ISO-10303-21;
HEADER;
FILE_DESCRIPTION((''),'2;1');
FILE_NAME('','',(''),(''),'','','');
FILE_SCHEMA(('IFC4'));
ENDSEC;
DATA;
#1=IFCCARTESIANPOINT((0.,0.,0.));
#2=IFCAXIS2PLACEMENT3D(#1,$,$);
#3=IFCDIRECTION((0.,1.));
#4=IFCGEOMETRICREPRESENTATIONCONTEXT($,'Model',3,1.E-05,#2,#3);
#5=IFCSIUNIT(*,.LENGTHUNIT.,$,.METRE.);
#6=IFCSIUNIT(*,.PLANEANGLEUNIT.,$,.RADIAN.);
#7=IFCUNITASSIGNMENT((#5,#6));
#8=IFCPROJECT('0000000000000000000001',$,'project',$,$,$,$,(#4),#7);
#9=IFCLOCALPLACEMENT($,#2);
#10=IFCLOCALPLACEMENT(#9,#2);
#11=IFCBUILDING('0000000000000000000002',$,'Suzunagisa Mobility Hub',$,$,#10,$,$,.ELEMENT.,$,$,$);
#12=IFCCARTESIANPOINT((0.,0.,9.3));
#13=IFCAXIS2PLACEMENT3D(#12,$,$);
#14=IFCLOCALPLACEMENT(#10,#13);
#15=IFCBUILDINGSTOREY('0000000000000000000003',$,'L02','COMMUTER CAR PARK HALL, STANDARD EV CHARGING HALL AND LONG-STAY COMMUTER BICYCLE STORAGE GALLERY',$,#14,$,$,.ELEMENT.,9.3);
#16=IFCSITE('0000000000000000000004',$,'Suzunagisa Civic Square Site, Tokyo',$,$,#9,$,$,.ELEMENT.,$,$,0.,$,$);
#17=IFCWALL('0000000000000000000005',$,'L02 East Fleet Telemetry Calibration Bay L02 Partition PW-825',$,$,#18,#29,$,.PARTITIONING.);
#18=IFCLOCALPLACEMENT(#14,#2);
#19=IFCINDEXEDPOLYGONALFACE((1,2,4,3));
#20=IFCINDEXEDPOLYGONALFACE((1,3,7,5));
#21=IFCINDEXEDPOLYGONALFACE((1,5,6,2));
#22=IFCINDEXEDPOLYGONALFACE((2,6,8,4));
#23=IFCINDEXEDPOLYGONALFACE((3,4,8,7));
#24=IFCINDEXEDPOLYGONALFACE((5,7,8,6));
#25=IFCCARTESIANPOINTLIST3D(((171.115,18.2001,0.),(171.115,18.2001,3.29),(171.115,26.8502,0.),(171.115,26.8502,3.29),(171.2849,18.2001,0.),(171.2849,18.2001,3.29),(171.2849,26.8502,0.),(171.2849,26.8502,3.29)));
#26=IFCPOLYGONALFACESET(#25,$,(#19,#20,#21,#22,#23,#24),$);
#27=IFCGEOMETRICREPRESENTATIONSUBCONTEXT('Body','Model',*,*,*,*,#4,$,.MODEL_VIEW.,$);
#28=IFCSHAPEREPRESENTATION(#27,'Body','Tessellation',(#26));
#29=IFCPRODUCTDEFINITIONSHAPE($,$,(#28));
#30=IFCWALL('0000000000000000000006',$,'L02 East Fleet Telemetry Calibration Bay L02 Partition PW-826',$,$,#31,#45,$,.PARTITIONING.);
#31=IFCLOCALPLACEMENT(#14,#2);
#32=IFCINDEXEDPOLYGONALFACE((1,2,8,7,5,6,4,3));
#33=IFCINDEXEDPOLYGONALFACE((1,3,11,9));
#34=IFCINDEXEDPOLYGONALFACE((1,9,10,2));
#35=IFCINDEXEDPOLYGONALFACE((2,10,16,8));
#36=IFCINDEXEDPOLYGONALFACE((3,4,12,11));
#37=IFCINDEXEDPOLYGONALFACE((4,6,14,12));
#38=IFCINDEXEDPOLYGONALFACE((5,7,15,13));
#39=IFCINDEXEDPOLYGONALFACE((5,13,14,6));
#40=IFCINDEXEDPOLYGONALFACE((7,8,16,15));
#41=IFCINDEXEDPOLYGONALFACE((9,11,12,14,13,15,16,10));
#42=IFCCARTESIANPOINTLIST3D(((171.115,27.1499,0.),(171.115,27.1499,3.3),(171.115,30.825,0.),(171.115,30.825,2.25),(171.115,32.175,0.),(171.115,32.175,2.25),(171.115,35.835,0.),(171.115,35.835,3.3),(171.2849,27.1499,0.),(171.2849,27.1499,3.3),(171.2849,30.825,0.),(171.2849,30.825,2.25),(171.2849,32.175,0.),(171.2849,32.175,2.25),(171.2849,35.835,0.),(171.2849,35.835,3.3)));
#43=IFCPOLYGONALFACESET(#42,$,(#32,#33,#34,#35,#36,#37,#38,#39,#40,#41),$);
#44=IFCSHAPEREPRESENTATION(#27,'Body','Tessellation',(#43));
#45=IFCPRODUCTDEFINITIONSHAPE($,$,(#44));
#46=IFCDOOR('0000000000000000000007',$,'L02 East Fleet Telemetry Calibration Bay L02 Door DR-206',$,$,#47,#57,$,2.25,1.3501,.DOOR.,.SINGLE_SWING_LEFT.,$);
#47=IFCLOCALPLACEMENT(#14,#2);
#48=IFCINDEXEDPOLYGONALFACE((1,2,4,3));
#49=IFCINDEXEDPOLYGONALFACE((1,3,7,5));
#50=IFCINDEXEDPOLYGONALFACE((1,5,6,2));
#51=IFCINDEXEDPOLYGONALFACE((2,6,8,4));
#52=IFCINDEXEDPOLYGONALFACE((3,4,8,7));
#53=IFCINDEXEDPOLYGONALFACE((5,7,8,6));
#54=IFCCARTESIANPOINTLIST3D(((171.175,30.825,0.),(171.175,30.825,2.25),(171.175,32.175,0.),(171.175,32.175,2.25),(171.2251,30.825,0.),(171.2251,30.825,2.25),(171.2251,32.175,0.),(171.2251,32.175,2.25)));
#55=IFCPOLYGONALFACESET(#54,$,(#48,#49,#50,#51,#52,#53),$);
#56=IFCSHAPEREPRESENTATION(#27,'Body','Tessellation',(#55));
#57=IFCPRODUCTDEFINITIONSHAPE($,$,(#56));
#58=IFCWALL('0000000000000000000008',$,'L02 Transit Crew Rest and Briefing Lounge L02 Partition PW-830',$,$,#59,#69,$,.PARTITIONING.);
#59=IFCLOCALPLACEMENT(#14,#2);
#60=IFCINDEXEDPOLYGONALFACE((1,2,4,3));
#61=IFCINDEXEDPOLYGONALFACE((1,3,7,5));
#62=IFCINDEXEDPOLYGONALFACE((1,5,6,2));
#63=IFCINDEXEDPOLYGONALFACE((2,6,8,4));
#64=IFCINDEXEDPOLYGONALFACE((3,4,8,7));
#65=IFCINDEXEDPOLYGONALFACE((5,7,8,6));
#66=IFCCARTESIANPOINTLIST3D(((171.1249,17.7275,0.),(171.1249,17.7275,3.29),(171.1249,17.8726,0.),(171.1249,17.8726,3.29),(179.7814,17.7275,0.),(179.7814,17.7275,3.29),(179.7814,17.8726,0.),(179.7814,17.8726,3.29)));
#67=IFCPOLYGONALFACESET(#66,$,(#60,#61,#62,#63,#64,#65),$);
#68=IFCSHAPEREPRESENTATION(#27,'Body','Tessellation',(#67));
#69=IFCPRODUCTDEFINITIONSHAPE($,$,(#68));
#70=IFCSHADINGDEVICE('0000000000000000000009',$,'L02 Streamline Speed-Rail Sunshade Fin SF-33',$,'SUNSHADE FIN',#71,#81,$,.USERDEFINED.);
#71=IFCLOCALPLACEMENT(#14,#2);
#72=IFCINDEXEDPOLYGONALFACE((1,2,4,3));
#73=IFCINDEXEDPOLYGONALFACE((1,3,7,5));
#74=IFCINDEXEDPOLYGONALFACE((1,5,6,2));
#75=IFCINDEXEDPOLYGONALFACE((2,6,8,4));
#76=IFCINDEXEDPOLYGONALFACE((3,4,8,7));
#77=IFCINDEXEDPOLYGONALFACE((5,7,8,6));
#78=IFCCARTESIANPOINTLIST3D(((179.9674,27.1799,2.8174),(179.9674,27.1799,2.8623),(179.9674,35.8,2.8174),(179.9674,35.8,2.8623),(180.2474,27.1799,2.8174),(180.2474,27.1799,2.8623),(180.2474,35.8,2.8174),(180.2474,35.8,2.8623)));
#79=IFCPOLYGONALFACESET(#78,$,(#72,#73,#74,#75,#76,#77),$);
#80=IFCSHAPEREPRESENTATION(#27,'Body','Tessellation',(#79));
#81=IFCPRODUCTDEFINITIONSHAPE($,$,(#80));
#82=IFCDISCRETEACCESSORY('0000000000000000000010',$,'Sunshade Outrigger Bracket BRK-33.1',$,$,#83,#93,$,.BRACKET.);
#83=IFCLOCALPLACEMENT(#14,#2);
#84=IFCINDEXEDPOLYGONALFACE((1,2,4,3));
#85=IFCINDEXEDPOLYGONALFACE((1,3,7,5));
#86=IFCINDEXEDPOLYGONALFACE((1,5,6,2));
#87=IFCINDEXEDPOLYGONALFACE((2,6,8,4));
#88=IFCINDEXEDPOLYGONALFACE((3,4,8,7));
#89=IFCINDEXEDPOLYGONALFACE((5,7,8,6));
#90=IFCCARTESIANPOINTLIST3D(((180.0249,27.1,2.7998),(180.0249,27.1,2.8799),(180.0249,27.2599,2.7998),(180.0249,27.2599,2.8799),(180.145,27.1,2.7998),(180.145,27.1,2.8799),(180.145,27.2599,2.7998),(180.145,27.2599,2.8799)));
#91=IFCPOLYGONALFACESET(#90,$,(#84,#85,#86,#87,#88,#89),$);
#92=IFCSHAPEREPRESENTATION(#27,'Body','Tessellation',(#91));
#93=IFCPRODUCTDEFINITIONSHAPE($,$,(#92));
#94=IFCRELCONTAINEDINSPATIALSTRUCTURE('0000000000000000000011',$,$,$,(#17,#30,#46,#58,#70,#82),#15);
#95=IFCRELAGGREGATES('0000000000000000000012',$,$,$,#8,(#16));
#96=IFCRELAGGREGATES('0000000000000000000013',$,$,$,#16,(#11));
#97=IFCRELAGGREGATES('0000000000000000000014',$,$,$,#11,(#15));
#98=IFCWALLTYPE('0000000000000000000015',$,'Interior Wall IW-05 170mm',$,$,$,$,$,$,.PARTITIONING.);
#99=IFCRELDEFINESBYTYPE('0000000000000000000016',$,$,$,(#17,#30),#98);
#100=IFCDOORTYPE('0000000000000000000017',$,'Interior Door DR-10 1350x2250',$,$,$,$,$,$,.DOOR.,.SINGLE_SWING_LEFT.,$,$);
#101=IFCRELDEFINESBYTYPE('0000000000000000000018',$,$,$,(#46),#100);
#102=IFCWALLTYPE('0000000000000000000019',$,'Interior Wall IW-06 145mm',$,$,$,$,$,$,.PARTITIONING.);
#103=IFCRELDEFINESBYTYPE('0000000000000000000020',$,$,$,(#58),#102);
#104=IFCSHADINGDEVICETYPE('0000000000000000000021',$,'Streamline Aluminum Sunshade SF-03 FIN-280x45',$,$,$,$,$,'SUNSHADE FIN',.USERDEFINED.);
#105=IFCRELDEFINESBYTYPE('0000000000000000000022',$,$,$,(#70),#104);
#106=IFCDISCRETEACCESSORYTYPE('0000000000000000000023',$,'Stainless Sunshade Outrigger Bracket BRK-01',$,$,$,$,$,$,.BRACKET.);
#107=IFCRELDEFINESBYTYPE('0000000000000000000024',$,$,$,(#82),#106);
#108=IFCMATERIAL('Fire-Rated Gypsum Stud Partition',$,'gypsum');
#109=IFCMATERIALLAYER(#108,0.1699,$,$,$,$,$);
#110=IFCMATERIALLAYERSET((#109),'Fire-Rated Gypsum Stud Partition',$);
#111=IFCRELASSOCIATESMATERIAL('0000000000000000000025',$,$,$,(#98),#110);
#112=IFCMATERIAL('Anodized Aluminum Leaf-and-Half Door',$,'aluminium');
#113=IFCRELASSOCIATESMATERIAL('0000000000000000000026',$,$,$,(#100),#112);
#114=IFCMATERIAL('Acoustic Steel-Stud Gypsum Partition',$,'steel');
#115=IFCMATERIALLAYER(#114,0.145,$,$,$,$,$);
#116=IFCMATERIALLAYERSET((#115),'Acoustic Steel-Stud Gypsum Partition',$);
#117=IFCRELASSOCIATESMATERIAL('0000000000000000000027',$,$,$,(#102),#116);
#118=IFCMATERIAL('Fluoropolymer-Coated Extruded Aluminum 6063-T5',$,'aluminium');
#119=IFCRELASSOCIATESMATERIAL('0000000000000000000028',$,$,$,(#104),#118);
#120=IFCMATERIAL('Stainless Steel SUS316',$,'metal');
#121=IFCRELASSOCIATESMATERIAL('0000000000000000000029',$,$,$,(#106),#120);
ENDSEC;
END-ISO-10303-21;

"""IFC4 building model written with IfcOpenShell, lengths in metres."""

from ifc_helpers import new_model, si_unit, direction, frame, frame_2d, origin, origin_2d, place, context, subcontext, project, spatial, rectangle, extrude, material, layer, layer_set, material_profile, profile_set, type_object, element, fill, save


model = new_model("IFC4")

# Units and contexts
model_context = context("Model", 3, precision=1e-05, world=origin(), true_north=direction((0.0, 1.0)))
body_context = subcontext(model_context, "Body", "Model", "MODEL_VIEW")
ifc_project = project(units=[si_unit("LENGTHUNIT", "METRE"), si_unit("PLANEANGLEUNIT", "RADIAN")], contexts=[model_context])

# Site, building, storey
site_placement = place(None, origin())
site = spatial("IfcSite", under=ifc_project, at=site_placement, Name="Suzunagisa Civic Square Site, Tokyo", CompositionType="ELEMENT", RefElevation=0.0)
building_placement = place(site_placement, origin())
building = spatial("IfcBuilding", under=site, at=building_placement, Name="Suzunagisa Mobility Hub", CompositionType="ELEMENT")
storey_placement = place(building_placement, frame((0.0, 0.0, 9.3)))
storey = spatial("IfcBuildingStorey", under=building, at=storey_placement, Name="L02", Description="COMMUTER CAR PARK HALL, STANDARD EV CHARGING HALL AND LONG-STAY COMMUTER BICYCLE STORAGE GALLERY", CompositionType="ELEMENT", Elevation=9.3)

# Wall
ifc_material_1 = material(Name="Fire-Rated Gypsum Stud Partition", Category="gypsum")
ifc_layer_1 = layer(ifc_material_1, 0.1699)
ifc_layer_set_1 = layer_set([ifc_layer_1], Name="Fire-Rated Gypsum Stud Partition")
wall_type_1 = type_object("IfcWallType", Name="Interior Wall IW-05 170mm", PredefinedType="PARTITIONING", material=ifc_layer_set_1)
wall_1_placement = place(storey_placement, frame((171.2, 18.2, 0.0), z_axis=(0.0, 0.0, 1.0), x_axis=(0.0, 1.0, 0.0)))
element("IfcWall", 1, at=wall_1_placement, inside=storey, type_object=wall_type_1, Name="L02 East Fleet Telemetry Calibration Bay L02 Partition PW-825", PredefinedType="PARTITIONING", context=body_context, shape_type="SweptSolid", body=[
    extrude(rectangle(XDim=8.6501, YDim=0.1699, at=frame_2d((4.3252, 0.0))), origin(), (0.0, 0.0, 1.0), 3.29),
])

# Wall, opening, door
wall_2_placement = place(storey_placement, frame((171.2, 27.1499, 0.0), z_axis=(0.0, 0.0, 1.0), x_axis=(0.0, 1.0, 0.0)))
wall_2 = element("IfcWall", 2, at=wall_2_placement, inside=storey, type_object=wall_type_1, Name="L02 East Fleet Telemetry Calibration Bay L02 Partition PW-826", PredefinedType="PARTITIONING", context=body_context, shape_type="SweptSolid", body=[
    extrude(rectangle(XDim=8.6851, YDim=0.1699, at=frame_2d((4.3425, 0.0))), origin(), (0.0, 0.0, 1.0), 3.3),
])
opening_placement = place(wall_2_placement, frame((3.675, 0.0, 0.0)))
opening = element("IfcOpeningElement", 3, at=opening_placement, cuts=wall_2, PredefinedType="OPENING", context=body_context, shape_type="SweptSolid", body=[
    extrude(rectangle(XDim=1.3501, YDim=2.25, at=frame_2d((0.675, 1.125))), frame((0.0, 0.0959, 0.0), z_axis=(0.0, -1.0, 0.0), x_axis=(1.0, 0.0, 0.0)), (0.0, 0.0, 1.0), 0.1919),
])
ifc_material_2 = material(Name="Anodized Aluminum Leaf-and-Half Door", Category="aluminium")
door_type = type_object("IfcDoorType", Name="Interior Door DR-10 1350x2250", OperationType="SINGLE_SWING_LEFT", PredefinedType="DOOR", material=ifc_material_2)
door_placement = place(opening_placement, origin())
door = element("IfcDoor", 4, at=door_placement, inside=storey, type_object=door_type, Name="L02 East Fleet Telemetry Calibration Bay L02 Door DR-206", OperationType="SINGLE_SWING_LEFT", OverallHeight=2.25, OverallWidth=1.3501, PredefinedType="DOOR", context=body_context, shape_type="SweptSolid", body=[
    extrude(rectangle(XDim=1.3501, YDim=2.25, at=frame_2d((0.675, 1.125))), frame((0.0, 0.0249, 0.0), z_axis=(0.0, -1.0, 0.0), x_axis=(1.0, 0.0, 0.0)), (0.0, 0.0, 1.0), 0.05),
])
fill(opening, door)

# Wall
ifc_material_3 = material(Name="Acoustic Steel-Stud Gypsum Partition", Category="steel")
ifc_layer_2 = layer(ifc_material_3, 0.145)
ifc_layer_set_2 = layer_set([ifc_layer_2], Name="Acoustic Steel-Stud Gypsum Partition")
wall_type_2 = type_object("IfcWallType", Name="Interior Wall IW-06 145mm", PredefinedType="PARTITIONING", material=ifc_layer_set_2)
wall_3_placement = place(storey_placement, frame((171.125, 17.8, 0.0), z_axis=(0.0, 0.0, 1.0), x_axis=(1.0, 0.0, 0.0)))
element("IfcWall", 5, at=wall_3_placement, inside=storey, type_object=wall_type_2, Name="L02 Transit Crew Rest and Briefing Lounge L02 Partition PW-830", PredefinedType="PARTITIONING", context=body_context, shape_type="SweptSolid", body=[
    extrude(rectangle(XDim=8.6565, YDim=0.145, at=frame_2d((4.3281, 0.0))), origin(), (0.0, 0.0, 1.0), 3.29),
])

# Shading device
ifc_material_4 = material(Name="Fluoropolymer-Coated Extruded Aluminum 6063-T5", Category="aluminium")
ifc_material_profile_1 = material_profile(ifc_material_4, rectangle(XDim=0.28, YDim=0.0449, at=origin_2d()), Name="FIN-280x45")
ifc_profile_set_1 = profile_set([ifc_material_profile_1], Name="Fluoropolymer-Coated Extruded Aluminum 6063-T5")
shading_device_type = type_object("IfcShadingDeviceType", Name="Streamline Aluminum Sunshade SF-03 FIN-280x45", ElementType="SUNSHADE FIN", PredefinedType="USERDEFINED", material=ifc_profile_set_1)
shading_device_placement = place(storey_placement, frame((180.1074, 27.1799, 2.8398), z_axis=(0.0, 1.0, 0.0), x_axis=(-1.0, 0.0, 0.0)))
element("IfcShadingDevice", 6, at=shading_device_placement, inside=storey, type_object=shading_device_type, Name="L02 Streamline Speed-Rail Sunshade Fin SF-33", ObjectType="SUNSHADE FIN", PredefinedType="USERDEFINED", context=body_context, shape_type="SweptSolid", body=[
    extrude(rectangle(XDim=0.28, YDim=0.0449, at=origin_2d()), origin(), (0.0, 0.0, 1.0), 8.6201),
])

# Discrete accessory
ifc_material_5 = material(Name="Stainless Steel SUS316", Category="metal")
discrete_accessory_type = type_object("IfcDiscreteAccessoryType", Name="Stainless Sunshade Outrigger Bracket BRK-01", PredefinedType="BRACKET", material=ifc_material_5)
discrete_accessory_placement = place(storey_placement, frame((180.085, 27.1799, 2.7998), z_axis=(0.0, 0.0, 1.0), x_axis=(0.0, 1.0, 0.0)))
element("IfcDiscreteAccessory", 7, at=discrete_accessory_placement, inside=storey, type_object=discrete_accessory_type, Name="Sunshade Outrigger Bracket BRK-33.1", PredefinedType="BRACKET", context=body_context, shape_type="SweptSolid", body=[
    extrude(rectangle(XDim=0.1599, YDim=0.1201, at=origin_2d()), origin(), (0.0, 0.0, 1.0), 0.0801),
])

save(model, "model.ifc")
